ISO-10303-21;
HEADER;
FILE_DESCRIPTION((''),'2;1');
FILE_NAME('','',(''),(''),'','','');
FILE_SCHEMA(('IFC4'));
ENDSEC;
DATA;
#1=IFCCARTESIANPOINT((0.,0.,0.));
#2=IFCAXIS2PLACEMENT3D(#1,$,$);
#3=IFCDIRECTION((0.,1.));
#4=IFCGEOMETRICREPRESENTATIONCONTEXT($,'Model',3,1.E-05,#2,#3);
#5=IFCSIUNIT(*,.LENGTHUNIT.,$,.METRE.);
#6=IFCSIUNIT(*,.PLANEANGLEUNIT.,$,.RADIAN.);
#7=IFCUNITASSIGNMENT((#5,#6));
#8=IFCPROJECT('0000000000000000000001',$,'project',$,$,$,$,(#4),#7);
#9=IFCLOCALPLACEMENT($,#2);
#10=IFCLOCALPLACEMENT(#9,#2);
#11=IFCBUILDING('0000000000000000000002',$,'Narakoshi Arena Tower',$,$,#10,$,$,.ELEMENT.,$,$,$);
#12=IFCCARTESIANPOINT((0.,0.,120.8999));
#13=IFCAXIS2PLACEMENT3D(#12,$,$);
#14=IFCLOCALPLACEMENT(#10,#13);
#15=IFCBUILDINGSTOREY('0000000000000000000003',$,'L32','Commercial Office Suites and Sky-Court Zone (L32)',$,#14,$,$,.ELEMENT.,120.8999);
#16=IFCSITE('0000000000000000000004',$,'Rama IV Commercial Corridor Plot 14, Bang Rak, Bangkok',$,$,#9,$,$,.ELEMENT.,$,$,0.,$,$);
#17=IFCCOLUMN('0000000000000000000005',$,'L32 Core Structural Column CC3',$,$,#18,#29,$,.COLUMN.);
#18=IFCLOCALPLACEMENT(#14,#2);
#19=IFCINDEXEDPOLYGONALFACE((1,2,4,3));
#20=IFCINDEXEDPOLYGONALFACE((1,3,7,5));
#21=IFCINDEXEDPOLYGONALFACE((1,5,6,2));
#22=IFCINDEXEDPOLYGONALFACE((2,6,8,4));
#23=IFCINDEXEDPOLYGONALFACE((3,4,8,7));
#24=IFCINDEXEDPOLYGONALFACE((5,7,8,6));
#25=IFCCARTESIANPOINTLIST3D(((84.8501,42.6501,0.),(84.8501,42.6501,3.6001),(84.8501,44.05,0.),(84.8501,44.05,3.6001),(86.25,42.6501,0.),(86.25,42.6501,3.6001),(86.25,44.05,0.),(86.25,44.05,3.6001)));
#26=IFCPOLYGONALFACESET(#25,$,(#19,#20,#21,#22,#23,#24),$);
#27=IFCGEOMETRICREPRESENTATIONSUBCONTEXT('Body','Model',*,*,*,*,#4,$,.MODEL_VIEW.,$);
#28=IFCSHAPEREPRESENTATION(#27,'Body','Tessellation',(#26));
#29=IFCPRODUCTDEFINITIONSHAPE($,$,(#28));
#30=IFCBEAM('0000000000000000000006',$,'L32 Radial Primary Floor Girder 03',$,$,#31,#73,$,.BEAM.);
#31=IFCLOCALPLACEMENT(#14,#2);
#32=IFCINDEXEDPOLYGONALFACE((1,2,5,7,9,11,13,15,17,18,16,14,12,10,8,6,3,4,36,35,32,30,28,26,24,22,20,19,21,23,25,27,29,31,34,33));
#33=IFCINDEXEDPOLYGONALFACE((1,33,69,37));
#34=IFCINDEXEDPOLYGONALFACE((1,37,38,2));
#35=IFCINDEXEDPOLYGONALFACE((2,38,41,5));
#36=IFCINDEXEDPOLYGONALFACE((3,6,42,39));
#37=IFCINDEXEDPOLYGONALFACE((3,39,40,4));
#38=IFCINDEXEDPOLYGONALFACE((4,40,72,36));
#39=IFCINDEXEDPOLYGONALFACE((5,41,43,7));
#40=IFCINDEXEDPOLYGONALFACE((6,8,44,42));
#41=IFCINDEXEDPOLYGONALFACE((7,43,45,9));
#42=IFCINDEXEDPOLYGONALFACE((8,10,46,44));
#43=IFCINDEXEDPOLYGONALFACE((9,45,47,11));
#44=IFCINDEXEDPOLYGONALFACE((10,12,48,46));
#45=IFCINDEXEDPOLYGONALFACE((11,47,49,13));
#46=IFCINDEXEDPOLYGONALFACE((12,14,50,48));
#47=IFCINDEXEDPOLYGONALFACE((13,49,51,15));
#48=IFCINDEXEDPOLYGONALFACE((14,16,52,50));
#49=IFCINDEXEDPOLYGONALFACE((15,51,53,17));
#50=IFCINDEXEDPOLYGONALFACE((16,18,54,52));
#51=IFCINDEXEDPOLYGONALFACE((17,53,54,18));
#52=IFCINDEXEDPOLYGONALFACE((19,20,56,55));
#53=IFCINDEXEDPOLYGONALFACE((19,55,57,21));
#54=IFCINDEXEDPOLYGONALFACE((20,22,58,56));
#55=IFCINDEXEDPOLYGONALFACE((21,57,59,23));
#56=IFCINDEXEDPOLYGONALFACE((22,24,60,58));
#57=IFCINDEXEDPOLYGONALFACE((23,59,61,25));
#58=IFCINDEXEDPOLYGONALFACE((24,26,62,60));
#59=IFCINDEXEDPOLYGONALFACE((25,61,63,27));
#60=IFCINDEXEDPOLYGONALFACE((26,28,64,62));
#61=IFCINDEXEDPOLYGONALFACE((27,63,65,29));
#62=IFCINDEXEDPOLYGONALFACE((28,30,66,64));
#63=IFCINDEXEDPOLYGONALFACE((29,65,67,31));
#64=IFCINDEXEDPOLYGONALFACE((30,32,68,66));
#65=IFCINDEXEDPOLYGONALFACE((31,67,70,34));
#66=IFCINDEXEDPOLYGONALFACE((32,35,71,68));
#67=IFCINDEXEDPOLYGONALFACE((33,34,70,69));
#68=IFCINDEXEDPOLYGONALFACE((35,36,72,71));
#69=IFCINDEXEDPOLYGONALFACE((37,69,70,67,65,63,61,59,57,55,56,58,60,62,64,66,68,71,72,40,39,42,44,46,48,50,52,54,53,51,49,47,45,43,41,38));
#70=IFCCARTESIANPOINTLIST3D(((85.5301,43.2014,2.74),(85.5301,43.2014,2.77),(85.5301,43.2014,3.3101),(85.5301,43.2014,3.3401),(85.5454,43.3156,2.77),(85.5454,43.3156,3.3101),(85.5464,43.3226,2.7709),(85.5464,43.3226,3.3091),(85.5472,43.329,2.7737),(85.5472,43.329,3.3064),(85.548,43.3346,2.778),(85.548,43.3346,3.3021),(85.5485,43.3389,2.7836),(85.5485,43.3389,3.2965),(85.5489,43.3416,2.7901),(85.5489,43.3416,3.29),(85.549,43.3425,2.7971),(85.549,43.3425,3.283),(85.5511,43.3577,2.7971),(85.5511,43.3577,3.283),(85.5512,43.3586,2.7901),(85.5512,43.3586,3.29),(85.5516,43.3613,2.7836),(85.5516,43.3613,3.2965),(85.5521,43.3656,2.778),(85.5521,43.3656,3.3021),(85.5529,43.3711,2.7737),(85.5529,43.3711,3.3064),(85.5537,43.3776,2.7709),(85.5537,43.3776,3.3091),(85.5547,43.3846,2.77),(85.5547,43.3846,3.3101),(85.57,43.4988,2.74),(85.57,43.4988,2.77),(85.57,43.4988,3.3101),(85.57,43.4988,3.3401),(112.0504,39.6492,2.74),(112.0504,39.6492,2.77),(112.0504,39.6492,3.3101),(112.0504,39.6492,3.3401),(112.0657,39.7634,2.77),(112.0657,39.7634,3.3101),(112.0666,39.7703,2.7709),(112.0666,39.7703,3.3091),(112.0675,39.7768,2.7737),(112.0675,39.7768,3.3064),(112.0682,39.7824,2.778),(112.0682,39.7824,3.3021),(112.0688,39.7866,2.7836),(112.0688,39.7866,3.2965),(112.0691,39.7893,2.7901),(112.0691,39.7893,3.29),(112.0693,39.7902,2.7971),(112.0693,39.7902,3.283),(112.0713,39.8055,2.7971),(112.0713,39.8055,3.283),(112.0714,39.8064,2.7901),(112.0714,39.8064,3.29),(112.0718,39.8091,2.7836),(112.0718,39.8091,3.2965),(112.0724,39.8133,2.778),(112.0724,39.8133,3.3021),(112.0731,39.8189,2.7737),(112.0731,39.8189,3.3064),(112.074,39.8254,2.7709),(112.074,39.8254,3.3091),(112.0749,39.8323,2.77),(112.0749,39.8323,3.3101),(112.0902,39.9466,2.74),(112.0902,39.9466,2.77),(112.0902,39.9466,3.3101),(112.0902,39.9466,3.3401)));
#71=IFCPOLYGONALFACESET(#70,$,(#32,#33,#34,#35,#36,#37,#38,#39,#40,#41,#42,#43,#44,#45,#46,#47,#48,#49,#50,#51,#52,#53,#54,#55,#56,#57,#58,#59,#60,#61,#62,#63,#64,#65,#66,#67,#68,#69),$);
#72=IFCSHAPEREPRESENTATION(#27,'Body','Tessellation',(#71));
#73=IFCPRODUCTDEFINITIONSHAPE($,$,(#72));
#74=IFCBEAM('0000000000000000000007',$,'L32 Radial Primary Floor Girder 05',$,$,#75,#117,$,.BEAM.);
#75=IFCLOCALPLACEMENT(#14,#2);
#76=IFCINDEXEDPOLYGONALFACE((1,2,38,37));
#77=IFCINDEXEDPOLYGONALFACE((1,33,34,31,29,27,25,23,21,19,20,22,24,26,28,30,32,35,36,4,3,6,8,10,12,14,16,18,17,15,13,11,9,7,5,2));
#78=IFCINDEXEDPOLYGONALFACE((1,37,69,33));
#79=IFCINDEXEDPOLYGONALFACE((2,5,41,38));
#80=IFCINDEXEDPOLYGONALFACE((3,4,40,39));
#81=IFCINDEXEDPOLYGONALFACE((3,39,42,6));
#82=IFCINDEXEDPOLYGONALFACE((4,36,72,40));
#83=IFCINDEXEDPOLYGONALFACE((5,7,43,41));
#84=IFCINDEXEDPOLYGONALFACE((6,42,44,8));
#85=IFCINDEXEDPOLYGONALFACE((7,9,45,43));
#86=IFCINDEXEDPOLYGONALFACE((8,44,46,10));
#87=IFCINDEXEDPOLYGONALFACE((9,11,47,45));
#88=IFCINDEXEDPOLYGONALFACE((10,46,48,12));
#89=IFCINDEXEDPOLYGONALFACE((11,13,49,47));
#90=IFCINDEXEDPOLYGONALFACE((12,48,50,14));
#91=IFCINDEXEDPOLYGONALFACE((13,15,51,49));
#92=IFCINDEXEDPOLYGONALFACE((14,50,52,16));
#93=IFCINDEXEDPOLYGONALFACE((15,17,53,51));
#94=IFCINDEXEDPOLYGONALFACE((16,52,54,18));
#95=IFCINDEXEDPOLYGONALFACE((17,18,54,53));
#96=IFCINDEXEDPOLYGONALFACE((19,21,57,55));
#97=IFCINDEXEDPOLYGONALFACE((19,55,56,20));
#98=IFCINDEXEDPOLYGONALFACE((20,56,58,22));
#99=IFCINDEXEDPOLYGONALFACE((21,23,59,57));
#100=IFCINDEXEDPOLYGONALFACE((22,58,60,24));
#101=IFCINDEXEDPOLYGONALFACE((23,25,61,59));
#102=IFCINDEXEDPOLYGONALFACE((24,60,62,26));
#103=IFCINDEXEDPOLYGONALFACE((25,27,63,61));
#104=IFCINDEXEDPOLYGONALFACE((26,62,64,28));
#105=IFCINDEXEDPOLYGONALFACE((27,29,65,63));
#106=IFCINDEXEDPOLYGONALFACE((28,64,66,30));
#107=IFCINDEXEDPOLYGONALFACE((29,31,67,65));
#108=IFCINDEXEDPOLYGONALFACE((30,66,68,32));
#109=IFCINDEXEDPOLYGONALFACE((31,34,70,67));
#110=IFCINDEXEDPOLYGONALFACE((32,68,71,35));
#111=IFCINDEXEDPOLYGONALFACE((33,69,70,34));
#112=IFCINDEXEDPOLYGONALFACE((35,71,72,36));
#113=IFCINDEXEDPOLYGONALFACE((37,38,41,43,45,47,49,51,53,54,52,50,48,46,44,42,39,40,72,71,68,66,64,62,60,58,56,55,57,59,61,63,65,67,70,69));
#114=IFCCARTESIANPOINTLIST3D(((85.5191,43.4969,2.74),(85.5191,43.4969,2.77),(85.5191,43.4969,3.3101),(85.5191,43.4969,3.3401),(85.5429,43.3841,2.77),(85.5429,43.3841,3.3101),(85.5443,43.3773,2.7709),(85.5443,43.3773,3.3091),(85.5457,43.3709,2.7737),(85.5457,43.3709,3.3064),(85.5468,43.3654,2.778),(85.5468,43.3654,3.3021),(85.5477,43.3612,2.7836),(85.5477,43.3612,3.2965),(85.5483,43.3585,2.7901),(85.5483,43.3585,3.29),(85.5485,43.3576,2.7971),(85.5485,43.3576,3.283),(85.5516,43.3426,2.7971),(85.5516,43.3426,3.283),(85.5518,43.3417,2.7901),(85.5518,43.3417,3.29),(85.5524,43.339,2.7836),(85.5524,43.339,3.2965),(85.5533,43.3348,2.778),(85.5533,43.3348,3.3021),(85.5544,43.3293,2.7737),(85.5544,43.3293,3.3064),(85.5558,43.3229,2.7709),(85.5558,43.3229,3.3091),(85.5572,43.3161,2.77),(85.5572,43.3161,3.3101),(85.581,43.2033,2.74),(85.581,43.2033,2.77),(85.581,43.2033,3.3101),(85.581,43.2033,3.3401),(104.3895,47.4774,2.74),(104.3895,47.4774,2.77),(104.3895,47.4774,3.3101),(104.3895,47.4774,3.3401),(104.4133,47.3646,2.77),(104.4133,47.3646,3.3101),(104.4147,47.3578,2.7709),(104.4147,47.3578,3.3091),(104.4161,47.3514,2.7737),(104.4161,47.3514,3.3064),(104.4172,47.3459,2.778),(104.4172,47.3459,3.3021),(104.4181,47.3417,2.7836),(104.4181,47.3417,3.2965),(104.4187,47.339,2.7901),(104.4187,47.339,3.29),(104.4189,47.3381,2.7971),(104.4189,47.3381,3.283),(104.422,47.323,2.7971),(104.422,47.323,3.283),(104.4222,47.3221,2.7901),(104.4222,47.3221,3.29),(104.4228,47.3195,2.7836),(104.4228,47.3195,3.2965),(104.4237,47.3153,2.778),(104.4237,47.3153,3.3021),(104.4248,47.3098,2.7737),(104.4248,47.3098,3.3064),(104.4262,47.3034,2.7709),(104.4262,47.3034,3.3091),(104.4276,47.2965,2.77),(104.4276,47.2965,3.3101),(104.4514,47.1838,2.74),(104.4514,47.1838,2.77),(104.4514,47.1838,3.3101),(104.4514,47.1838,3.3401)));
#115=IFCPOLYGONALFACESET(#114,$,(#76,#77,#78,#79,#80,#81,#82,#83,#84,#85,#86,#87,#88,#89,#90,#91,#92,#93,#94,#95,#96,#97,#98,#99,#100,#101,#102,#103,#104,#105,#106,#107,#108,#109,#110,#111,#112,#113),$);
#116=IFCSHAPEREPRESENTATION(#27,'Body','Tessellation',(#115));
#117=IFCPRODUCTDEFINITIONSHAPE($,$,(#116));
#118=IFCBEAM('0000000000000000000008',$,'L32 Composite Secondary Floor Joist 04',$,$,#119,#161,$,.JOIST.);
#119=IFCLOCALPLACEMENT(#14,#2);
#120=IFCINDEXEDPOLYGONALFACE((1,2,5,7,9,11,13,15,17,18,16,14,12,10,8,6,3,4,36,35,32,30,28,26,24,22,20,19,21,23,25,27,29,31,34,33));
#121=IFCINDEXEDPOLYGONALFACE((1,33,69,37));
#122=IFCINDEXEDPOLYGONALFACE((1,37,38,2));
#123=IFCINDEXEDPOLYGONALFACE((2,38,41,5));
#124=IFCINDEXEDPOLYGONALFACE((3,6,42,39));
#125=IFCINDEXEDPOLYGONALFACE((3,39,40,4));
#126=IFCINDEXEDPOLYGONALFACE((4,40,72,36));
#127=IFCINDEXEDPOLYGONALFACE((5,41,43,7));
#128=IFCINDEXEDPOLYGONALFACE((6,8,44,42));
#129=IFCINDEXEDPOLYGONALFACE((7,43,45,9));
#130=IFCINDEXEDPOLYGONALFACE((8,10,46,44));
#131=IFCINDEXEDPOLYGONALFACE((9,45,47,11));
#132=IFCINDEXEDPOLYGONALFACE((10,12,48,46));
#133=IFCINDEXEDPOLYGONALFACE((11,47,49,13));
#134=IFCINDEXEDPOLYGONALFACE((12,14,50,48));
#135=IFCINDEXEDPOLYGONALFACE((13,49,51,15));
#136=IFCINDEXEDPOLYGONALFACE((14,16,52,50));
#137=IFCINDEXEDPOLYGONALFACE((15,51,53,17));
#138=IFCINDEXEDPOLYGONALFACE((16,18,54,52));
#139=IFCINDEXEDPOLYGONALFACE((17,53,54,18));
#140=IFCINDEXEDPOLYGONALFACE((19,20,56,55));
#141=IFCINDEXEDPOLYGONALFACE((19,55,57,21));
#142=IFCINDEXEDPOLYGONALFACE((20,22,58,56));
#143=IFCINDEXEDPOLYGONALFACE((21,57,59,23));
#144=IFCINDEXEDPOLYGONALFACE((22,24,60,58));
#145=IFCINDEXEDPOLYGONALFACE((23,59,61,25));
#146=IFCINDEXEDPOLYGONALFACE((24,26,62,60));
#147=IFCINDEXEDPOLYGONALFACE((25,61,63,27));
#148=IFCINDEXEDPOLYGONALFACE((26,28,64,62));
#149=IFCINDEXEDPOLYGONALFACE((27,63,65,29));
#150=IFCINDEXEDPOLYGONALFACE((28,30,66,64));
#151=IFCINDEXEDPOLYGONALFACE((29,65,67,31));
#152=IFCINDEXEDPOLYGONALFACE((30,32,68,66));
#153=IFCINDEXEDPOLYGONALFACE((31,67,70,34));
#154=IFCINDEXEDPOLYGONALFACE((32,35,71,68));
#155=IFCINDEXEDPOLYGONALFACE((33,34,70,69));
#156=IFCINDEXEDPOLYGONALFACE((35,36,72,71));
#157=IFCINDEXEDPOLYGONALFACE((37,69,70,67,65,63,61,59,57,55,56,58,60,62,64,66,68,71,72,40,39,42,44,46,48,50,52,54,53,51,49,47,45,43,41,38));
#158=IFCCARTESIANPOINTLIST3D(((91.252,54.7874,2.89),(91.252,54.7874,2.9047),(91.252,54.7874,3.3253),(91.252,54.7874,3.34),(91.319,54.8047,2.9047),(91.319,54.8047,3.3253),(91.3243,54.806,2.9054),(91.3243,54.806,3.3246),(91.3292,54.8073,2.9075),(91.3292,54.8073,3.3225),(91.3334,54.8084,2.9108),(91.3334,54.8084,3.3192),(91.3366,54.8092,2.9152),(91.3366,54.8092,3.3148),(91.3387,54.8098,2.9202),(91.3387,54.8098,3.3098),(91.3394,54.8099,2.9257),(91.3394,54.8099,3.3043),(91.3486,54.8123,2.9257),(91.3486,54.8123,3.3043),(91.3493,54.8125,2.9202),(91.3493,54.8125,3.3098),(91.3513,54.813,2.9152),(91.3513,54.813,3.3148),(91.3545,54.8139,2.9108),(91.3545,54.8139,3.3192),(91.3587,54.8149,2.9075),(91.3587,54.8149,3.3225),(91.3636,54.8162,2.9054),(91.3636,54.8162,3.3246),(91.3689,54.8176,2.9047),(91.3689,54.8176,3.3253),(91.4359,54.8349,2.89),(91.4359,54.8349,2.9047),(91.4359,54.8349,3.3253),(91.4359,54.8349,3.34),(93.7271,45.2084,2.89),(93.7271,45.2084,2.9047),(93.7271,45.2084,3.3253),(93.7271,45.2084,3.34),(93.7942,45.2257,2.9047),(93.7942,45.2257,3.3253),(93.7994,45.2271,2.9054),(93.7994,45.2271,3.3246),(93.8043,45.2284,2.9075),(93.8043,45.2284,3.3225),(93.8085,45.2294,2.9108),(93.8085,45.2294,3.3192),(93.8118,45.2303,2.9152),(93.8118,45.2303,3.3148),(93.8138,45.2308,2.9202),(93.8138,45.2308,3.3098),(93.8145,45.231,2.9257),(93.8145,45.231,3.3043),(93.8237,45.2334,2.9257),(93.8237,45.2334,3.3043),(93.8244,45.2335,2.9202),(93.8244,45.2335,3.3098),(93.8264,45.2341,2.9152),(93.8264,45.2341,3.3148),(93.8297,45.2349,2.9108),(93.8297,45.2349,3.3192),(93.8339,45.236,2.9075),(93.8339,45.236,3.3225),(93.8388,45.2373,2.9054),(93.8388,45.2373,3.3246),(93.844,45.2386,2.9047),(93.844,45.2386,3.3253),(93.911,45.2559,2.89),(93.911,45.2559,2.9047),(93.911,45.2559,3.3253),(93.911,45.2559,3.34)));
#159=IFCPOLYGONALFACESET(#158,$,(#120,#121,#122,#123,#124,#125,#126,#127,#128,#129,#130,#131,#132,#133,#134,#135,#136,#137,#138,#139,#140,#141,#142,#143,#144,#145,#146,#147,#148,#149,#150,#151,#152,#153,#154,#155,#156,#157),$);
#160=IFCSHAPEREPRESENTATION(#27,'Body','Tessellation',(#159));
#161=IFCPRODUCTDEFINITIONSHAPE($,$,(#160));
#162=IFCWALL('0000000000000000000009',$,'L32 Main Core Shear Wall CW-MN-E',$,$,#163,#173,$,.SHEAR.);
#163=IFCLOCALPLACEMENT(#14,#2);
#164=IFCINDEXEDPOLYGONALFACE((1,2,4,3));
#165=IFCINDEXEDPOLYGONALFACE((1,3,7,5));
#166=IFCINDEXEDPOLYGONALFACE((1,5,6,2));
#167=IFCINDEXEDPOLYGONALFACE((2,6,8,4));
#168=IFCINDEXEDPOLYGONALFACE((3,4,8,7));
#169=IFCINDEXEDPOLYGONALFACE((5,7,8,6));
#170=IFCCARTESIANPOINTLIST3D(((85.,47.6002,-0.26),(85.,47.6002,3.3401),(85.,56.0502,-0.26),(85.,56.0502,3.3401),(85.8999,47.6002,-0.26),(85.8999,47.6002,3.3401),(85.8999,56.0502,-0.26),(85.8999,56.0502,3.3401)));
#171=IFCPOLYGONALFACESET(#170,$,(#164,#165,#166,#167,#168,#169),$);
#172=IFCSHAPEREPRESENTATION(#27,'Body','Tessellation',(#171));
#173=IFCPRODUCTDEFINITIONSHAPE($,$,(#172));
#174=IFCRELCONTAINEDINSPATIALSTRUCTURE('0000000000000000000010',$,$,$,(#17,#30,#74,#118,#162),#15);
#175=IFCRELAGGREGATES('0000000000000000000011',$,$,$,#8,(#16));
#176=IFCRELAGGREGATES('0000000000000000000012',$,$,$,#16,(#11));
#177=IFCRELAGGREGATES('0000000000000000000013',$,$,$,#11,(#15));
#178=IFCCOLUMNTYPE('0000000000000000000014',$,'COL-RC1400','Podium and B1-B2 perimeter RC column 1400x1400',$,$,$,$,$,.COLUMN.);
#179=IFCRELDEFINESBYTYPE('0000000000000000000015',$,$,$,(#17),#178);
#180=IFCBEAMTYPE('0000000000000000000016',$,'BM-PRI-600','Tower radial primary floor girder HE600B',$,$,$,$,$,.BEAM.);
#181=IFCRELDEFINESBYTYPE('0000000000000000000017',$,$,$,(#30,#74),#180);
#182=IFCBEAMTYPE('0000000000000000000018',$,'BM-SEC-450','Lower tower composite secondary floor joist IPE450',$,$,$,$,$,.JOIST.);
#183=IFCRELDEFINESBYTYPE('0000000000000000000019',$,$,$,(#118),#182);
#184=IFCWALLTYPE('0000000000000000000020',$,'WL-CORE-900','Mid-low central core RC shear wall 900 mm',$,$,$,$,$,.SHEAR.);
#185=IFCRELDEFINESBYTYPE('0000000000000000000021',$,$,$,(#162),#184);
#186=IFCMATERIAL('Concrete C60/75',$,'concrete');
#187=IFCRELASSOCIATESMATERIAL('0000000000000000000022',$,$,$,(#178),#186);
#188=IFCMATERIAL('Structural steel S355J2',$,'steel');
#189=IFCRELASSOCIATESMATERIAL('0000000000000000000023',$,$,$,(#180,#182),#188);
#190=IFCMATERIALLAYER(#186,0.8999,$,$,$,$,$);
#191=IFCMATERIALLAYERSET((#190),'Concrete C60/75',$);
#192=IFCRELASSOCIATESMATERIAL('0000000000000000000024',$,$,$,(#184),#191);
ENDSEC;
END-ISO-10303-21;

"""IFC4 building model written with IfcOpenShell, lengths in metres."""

from ifc_helpers import new_model, si_unit, direction, frame, frame_2d, origin, origin_2d, place, context, subcontext, project, spatial, rectangle, i_section, extrude, material, layer, layer_set, material_profile, profile_set, type_object, element, save


model = new_model("IFC4")

# Units and contexts
model_context = context("Model", 3, precision=1e-05, world=origin(), true_north=direction((0.0, 1.0)))
body_context = subcontext(model_context, "Body", "Model", "MODEL_VIEW")
ifc_project = project(units=[si_unit("LENGTHUNIT", "METRE"), si_unit("PLANEANGLEUNIT", "RADIAN")], contexts=[model_context])

# Site, building, storey
site_placement = place(None, origin())
site = spatial("IfcSite", under=ifc_project, at=site_placement, Name="Rama IV Commercial Corridor Plot 14, Bang Rak, Bangkok", CompositionType="ELEMENT", RefElevation=0.0)
building_placement = place(site_placement, origin())
building = spatial("IfcBuilding", under=site, at=building_placement, Name="Narakoshi Arena Tower", CompositionType="ELEMENT")
storey_placement = place(building_placement, frame((0.0, 0.0, 120.8999)))
storey = spatial("IfcBuildingStorey", under=building, at=storey_placement, Name="L32", Description="Commercial Office Suites and Sky-Court Zone (L32)", CompositionType="ELEMENT", Elevation=120.8999)

# Column
ifc_material_1 = material(Name="Concrete C60/75", Category="concrete")
ifc_material_profile_1 = material_profile(ifc_material_1, rectangle(XDim=1.3999, YDim=1.3999, at=origin_2d()), Name="RC1400x1400")
ifc_profile_set_1 = profile_set([ifc_material_profile_1], Name="Concrete C60/75")
column_type = type_object("IfcColumnType", Name="COL-RC1400", Description="Podium and B1-B2 perimeter RC column 1400x1400", PredefinedType="COLUMN", material=ifc_profile_set_1)
column_placement = place(storey_placement, frame((85.55, 43.3501, 0.0), z_axis=(0.0, 0.0, 1.0), x_axis=(1.0, 0.0, 0.0)))
element("IfcColumn", 1, at=column_placement, inside=storey, type_object=column_type, Name="L32 Core Structural Column CC3", PredefinedType="COLUMN", context=body_context, shape_type="SweptSolid", body=[
    extrude(rectangle(XDim=1.3999, YDim=1.3999, at=origin_2d()), origin(), (0.0, 0.0, 1.0), 3.6001),
])

# Beams
ifc_material_2 = material(Name="Structural steel S355J2", Category="steel")
ifc_material_profile_2 = material_profile(ifc_material_2, i_section(OverallWidth=0.3, OverallDepth=0.6001, WebThickness=0.0154, FlangeThickness=0.03, FilletRadius=0.0271, at=origin_2d()), Name="HE600B")
ifc_profile_set_2 = profile_set([ifc_material_profile_2], Name="Structural steel S355J2")
beam_type_1 = type_object("IfcBeamType", Name="BM-PRI-600", Description="Tower radial primary floor girder HE600B", PredefinedType="BEAM", material=ifc_profile_set_2)
beam_1_placement = place(storey_placement, frame((85.55, 43.3501, 3.04), z_axis=(0.991148, -0.132759, 0.0), x_axis=(0.132759, 0.991148, 0.0)))
element("IfcBeam", 2, at=beam_1_placement, inside=storey, type_object=beam_type_1, Name="L32 Radial Primary Floor Girder 03", PredefinedType="BEAM", context=body_context, shape_type="SweptSolid", body=[
    extrude(i_section(OverallWidth=0.3, OverallDepth=0.6001, WebThickness=0.0154, FlangeThickness=0.03, FilletRadius=0.0271, at=origin_2d()), origin(), (0.0, 0.0, 1.0), 26.7571),
])
beam_2_placement = place(storey_placement, frame((85.55, 43.3501, 3.04), z_axis=(0.978469, 0.206396, 0.0), x_axis=(-0.206396, 0.978469, 0.0)))
element("IfcBeam", 3, at=beam_2_placement, inside=storey, type_object=beam_type_1, Name="L32 Radial Primary Floor Girder 05", PredefinedType="BEAM", context=body_context, shape_type="SweptSolid", body=[
    extrude(i_section(OverallWidth=0.3, OverallDepth=0.6001, WebThickness=0.0154, FlangeThickness=0.03, FilletRadius=0.0271, at=origin_2d()), origin(), (0.0, 0.0, 1.0), 19.2856),
])
ifc_material_profile_3 = material_profile(ifc_material_2, i_section(OverallWidth=0.1899, OverallDepth=0.45, WebThickness=0.0095, FlangeThickness=0.0146, FilletRadius=0.021, at=origin_2d()), Name="IPE450")
ifc_profile_set_3 = profile_set([ifc_material_profile_3], Name="Structural steel S355J2")
beam_type_2 = type_object("IfcBeamType", Name="BM-SEC-450", Description="Lower tower composite secondary floor joist IPE450", PredefinedType="JOIST", material=ifc_profile_set_3)
beam_3_placement = place(storey_placement, frame((93.8191, 45.2322, 3.115), z_axis=(-0.250175, 0.968201, 0.0), x_axis=(-0.968201, -0.250175, 0.0)))
element("IfcBeam", 4, at=beam_3_placement, inside=storey, type_object=beam_type_2, Name="L32 Composite Secondary Floor Joist 04", PredefinedType="JOIST", context=body_context, shape_type="SweptSolid", body=[
    extrude(i_section(OverallWidth=0.1899, OverallDepth=0.45, WebThickness=0.0095, FlangeThickness=0.0146, FilletRadius=0.021, at=origin_2d()), origin(), (0.0, 0.0, 1.0), 9.8936),
])

# Wall
ifc_layer_1 = layer(ifc_material_1, 0.8999)
ifc_layer_set_1 = layer_set([ifc_layer_1], Name="Concrete C60/75")
wall_type_1 = type_object("IfcWallType", Name="WL-CORE-900", Description="Mid-low central core RC shear wall 900 mm", PredefinedType="SHEAR", material=ifc_layer_set_1)
wall_1_placement = place(storey_placement, frame((85.45, 47.6001, -0.26), z_axis=(0.0, 0.0, 1.0), x_axis=(0.0, 1.0, 0.0)))
element("IfcWall", 5, at=wall_1_placement, inside=storey, type_object=wall_type_1, Name="L32 Main Core Shear Wall CW-MN-E", PredefinedType="SHEAR", context=body_context, shape_type="SweptSolid", body=[
    extrude(rectangle(XDim=8.45, YDim=0.8999, at=frame_2d((4.2251, 0.0))), origin(), (0.0, 0.0, 1.0), 3.6001),
])

save(model, "model.ifc")
